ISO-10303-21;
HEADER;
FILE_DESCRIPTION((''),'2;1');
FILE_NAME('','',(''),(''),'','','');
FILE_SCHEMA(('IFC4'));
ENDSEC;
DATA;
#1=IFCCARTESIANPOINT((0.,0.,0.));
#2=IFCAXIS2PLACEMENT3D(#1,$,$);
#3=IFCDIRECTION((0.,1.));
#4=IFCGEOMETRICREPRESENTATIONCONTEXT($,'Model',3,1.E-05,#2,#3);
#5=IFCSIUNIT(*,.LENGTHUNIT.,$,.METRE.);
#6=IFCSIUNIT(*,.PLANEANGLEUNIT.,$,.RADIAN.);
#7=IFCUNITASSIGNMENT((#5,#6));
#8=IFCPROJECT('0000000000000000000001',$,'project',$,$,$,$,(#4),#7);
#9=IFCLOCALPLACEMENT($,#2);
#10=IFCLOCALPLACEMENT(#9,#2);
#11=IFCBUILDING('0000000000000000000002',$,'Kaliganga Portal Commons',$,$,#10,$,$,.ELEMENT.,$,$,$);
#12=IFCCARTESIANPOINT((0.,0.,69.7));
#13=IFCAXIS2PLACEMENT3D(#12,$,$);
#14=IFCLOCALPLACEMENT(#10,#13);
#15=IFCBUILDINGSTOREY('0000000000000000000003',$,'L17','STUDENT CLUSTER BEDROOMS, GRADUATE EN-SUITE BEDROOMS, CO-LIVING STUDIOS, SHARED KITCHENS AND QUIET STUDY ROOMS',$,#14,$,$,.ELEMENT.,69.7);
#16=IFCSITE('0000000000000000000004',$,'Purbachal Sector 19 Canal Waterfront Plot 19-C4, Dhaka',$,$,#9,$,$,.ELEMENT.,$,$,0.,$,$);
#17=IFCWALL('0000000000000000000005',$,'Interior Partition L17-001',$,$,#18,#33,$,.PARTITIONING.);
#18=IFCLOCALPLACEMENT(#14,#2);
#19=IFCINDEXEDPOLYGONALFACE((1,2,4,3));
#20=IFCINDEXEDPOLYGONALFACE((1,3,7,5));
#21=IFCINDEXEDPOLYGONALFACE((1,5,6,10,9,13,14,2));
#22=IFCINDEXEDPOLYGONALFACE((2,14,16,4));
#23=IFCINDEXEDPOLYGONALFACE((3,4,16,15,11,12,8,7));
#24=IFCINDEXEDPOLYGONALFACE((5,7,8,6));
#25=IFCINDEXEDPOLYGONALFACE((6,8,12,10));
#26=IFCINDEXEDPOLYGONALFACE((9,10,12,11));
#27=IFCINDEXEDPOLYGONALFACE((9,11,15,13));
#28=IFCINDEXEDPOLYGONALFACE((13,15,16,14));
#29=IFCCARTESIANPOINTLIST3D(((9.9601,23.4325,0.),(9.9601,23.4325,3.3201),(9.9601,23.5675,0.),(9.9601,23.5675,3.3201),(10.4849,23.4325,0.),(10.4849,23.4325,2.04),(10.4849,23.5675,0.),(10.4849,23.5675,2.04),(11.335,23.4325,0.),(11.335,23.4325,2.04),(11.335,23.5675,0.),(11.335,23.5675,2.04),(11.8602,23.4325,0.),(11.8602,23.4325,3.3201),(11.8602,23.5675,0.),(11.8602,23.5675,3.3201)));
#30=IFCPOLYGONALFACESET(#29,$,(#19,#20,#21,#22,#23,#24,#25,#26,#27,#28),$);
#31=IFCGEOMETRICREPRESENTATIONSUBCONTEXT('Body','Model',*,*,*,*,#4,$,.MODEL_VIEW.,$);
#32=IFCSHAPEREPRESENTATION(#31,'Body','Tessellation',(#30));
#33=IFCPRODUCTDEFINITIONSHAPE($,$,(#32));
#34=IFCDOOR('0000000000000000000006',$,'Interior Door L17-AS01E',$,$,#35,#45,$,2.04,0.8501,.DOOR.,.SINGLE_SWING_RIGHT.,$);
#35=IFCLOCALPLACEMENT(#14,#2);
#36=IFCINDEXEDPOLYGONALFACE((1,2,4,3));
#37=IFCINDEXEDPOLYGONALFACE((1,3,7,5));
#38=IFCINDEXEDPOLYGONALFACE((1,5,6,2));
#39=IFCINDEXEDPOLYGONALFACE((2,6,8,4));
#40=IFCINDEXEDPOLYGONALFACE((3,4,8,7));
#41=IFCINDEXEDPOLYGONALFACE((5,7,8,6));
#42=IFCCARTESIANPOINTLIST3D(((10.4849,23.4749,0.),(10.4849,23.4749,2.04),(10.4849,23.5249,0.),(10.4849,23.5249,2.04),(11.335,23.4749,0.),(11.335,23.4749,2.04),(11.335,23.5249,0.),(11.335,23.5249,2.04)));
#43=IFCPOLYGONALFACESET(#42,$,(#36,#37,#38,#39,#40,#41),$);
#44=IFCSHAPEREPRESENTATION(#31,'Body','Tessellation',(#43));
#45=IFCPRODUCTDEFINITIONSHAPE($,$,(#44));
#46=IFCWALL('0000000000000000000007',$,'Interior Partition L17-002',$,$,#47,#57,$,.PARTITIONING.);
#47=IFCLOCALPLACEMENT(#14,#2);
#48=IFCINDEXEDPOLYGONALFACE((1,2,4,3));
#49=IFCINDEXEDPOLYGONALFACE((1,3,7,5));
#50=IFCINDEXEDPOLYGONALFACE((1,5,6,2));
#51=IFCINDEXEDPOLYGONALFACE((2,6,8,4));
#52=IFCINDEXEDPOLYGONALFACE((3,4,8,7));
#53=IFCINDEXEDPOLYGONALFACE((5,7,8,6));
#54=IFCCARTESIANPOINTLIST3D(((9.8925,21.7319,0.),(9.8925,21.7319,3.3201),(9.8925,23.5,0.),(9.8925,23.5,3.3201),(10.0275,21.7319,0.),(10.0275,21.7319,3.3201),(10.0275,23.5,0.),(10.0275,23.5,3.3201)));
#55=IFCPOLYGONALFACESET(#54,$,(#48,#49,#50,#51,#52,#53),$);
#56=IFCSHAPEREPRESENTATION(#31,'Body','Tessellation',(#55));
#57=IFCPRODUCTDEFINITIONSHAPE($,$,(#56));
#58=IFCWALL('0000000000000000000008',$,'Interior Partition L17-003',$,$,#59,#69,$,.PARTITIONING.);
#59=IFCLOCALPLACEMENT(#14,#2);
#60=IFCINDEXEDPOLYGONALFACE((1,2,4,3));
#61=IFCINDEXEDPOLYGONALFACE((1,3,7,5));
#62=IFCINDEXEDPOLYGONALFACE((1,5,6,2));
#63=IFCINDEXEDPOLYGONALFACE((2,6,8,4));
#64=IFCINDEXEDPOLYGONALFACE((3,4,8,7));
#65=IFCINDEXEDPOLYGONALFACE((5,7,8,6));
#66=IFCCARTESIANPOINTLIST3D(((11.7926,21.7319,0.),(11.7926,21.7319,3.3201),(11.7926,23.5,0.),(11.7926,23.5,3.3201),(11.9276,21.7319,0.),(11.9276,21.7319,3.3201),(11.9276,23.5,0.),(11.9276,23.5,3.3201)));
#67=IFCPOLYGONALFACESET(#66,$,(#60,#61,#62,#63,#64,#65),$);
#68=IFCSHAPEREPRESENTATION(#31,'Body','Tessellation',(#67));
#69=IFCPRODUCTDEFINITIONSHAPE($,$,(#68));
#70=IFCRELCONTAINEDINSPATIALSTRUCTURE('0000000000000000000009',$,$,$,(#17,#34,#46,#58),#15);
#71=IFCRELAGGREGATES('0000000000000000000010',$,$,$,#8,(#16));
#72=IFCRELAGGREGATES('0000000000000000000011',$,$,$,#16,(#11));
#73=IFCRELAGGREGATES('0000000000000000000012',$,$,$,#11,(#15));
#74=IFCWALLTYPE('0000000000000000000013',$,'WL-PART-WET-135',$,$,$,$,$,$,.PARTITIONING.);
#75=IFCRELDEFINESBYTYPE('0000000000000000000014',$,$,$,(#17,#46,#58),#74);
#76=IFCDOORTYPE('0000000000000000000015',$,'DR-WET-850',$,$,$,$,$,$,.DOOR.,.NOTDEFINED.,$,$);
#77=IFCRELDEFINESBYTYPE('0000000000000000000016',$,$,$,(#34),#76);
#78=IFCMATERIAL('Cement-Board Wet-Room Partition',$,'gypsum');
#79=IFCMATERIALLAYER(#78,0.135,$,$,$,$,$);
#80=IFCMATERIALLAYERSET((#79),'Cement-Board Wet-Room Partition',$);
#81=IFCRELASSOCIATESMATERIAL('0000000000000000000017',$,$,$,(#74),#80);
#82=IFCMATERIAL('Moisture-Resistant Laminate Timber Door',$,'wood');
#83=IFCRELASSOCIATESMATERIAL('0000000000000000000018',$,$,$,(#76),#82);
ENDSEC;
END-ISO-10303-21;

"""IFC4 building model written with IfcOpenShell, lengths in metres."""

from ifc_helpers import new_model, si_unit, direction, frame, frame_2d, origin, place, context, subcontext, project, spatial, rectangle, extrude, material, layer, layer_set, type_object, element, fill, save


model = new_model("IFC4")

# Units and contexts
model_context = context("Model", 3, precision=1e-05, world=origin(), true_north=direction((0.0, 1.0)))
body_context = subcontext(model_context, "Body", "Model", "MODEL_VIEW")
ifc_project = project(units=[si_unit("LENGTHUNIT", "METRE"), si_unit("PLANEANGLEUNIT", "RADIAN")], contexts=[model_context])

# Site, building, storey
site_placement = place(None, origin())
site = spatial("IfcSite", under=ifc_project, at=site_placement, Name="Purbachal Sector 19 Canal Waterfront Plot 19-C4, Dhaka", CompositionType="ELEMENT", RefElevation=0.0)
building_placement = place(site_placement, origin())
building = spatial("IfcBuilding", under=site, at=building_placement, Name="Kaliganga Portal Commons", CompositionType="ELEMENT")
storey_placement = place(building_placement, frame((0.0, 0.0, 69.7)))
storey = spatial("IfcBuildingStorey", under=building, at=storey_placement, Name="L17", Description="STUDENT CLUSTER BEDROOMS, GRADUATE EN-SUITE BEDROOMS, CO-LIVING STUDIOS, SHARED KITCHENS AND QUIET STUDY ROOMS", CompositionType="ELEMENT", Elevation=69.7)

# Wall, opening, door
ifc_material_1 = material(Name="Cement-Board Wet-Room Partition", Category="gypsum")
ifc_layer_1 = layer(ifc_material_1, 0.135)
ifc_layer_set_1 = layer_set([ifc_layer_1], Name="Cement-Board Wet-Room Partition")
wall_type_1 = type_object("IfcWallType", Name="WL-PART-WET-135", PredefinedType="PARTITIONING", material=ifc_layer_set_1)
wall_1_placement = place(storey_placement, frame((9.96, 23.5, 0.0), z_axis=(0.0, 0.0, 1.0), x_axis=(1.0, 0.0, 0.0)))
wall_1 = element("IfcWall", 1, at=wall_1_placement, inside=storey, type_object=wall_type_1, Name="Interior Partition L17-001", PredefinedType="PARTITIONING", context=body_context, shape_type="SweptSolid", body=[
    extrude(rectangle(XDim=1.9001, YDim=0.135, at=frame_2d((0.9502, 0.0))), origin(), (0.0, 0.0, 1.0), 3.3201),
])
opening_1_placement = place(wall_1_placement, frame((0.5249, 0.0, 0.0)))
opening_1 = element("IfcOpeningElement", 2, at=opening_1_placement, cuts=wall_1, PredefinedType="OPENING", context=body_context, shape_type="SweptSolid", body=[
    extrude(rectangle(XDim=0.8501, YDim=2.04, at=frame_2d((0.425, 1.02))), frame((0.0, 0.0776, 0.0), z_axis=(0.0, -1.0, 0.0), x_axis=(1.0, 0.0, 0.0)), (0.0, 0.0, 1.0), 0.155),
])
ifc_material_2 = material(Name="Moisture-Resistant Laminate Timber Door", Category="wood")
door_type_1 = type_object("IfcDoorType", Name="DR-WET-850", OperationType="NOTDEFINED", PredefinedType="DOOR", material=ifc_material_2)
door_1_placement = place(opening_1_placement, origin())
door_1 = element("IfcDoor", 3, at=door_1_placement, inside=storey, type_object=door_type_1, Name="Interior Door L17-AS01E", OperationType="SINGLE_SWING_RIGHT", OverallHeight=2.04, OverallWidth=0.8501, PredefinedType="DOOR", context=body_context, shape_type="SweptSolid", body=[
    extrude(rectangle(XDim=0.8501, YDim=2.04, at=frame_2d((0.425, 1.02))), frame((0.0, 0.0249, 0.0), z_axis=(0.0, -1.0, 0.0), x_axis=(1.0, 0.0, 0.0)), (0.0, 0.0, 1.0), 0.05),
])
fill(opening_1, door_1)

# Walls
for number, where, z_axis, x_axis, name in (
    (4, (9.96, 21.7319, 0.0), (0.0, 0.0, 1.0), (0.0, 1.0, 0.0), "Interior Partition L17-002"),
    (5, (11.8601, 21.7319, 0.0), (0.0, 0.0, 1.0), (0.0, 1.0, 0.0), "Interior Partition L17-003"),
):
    element("IfcWall", number, at=place(storey_placement, frame(where, z_axis=z_axis, x_axis=x_axis)), inside=storey, type_object=wall_type_1, Name=name, PredefinedType="PARTITIONING", context=body_context, shape_type="SweptSolid", body=[
        extrude(rectangle(XDim=1.7681, YDim=0.135, at=frame_2d((0.884, 0.0))), origin(), (0.0, 0.0, 1.0), 3.3201),
    ])

save(model, "model.ifc")
